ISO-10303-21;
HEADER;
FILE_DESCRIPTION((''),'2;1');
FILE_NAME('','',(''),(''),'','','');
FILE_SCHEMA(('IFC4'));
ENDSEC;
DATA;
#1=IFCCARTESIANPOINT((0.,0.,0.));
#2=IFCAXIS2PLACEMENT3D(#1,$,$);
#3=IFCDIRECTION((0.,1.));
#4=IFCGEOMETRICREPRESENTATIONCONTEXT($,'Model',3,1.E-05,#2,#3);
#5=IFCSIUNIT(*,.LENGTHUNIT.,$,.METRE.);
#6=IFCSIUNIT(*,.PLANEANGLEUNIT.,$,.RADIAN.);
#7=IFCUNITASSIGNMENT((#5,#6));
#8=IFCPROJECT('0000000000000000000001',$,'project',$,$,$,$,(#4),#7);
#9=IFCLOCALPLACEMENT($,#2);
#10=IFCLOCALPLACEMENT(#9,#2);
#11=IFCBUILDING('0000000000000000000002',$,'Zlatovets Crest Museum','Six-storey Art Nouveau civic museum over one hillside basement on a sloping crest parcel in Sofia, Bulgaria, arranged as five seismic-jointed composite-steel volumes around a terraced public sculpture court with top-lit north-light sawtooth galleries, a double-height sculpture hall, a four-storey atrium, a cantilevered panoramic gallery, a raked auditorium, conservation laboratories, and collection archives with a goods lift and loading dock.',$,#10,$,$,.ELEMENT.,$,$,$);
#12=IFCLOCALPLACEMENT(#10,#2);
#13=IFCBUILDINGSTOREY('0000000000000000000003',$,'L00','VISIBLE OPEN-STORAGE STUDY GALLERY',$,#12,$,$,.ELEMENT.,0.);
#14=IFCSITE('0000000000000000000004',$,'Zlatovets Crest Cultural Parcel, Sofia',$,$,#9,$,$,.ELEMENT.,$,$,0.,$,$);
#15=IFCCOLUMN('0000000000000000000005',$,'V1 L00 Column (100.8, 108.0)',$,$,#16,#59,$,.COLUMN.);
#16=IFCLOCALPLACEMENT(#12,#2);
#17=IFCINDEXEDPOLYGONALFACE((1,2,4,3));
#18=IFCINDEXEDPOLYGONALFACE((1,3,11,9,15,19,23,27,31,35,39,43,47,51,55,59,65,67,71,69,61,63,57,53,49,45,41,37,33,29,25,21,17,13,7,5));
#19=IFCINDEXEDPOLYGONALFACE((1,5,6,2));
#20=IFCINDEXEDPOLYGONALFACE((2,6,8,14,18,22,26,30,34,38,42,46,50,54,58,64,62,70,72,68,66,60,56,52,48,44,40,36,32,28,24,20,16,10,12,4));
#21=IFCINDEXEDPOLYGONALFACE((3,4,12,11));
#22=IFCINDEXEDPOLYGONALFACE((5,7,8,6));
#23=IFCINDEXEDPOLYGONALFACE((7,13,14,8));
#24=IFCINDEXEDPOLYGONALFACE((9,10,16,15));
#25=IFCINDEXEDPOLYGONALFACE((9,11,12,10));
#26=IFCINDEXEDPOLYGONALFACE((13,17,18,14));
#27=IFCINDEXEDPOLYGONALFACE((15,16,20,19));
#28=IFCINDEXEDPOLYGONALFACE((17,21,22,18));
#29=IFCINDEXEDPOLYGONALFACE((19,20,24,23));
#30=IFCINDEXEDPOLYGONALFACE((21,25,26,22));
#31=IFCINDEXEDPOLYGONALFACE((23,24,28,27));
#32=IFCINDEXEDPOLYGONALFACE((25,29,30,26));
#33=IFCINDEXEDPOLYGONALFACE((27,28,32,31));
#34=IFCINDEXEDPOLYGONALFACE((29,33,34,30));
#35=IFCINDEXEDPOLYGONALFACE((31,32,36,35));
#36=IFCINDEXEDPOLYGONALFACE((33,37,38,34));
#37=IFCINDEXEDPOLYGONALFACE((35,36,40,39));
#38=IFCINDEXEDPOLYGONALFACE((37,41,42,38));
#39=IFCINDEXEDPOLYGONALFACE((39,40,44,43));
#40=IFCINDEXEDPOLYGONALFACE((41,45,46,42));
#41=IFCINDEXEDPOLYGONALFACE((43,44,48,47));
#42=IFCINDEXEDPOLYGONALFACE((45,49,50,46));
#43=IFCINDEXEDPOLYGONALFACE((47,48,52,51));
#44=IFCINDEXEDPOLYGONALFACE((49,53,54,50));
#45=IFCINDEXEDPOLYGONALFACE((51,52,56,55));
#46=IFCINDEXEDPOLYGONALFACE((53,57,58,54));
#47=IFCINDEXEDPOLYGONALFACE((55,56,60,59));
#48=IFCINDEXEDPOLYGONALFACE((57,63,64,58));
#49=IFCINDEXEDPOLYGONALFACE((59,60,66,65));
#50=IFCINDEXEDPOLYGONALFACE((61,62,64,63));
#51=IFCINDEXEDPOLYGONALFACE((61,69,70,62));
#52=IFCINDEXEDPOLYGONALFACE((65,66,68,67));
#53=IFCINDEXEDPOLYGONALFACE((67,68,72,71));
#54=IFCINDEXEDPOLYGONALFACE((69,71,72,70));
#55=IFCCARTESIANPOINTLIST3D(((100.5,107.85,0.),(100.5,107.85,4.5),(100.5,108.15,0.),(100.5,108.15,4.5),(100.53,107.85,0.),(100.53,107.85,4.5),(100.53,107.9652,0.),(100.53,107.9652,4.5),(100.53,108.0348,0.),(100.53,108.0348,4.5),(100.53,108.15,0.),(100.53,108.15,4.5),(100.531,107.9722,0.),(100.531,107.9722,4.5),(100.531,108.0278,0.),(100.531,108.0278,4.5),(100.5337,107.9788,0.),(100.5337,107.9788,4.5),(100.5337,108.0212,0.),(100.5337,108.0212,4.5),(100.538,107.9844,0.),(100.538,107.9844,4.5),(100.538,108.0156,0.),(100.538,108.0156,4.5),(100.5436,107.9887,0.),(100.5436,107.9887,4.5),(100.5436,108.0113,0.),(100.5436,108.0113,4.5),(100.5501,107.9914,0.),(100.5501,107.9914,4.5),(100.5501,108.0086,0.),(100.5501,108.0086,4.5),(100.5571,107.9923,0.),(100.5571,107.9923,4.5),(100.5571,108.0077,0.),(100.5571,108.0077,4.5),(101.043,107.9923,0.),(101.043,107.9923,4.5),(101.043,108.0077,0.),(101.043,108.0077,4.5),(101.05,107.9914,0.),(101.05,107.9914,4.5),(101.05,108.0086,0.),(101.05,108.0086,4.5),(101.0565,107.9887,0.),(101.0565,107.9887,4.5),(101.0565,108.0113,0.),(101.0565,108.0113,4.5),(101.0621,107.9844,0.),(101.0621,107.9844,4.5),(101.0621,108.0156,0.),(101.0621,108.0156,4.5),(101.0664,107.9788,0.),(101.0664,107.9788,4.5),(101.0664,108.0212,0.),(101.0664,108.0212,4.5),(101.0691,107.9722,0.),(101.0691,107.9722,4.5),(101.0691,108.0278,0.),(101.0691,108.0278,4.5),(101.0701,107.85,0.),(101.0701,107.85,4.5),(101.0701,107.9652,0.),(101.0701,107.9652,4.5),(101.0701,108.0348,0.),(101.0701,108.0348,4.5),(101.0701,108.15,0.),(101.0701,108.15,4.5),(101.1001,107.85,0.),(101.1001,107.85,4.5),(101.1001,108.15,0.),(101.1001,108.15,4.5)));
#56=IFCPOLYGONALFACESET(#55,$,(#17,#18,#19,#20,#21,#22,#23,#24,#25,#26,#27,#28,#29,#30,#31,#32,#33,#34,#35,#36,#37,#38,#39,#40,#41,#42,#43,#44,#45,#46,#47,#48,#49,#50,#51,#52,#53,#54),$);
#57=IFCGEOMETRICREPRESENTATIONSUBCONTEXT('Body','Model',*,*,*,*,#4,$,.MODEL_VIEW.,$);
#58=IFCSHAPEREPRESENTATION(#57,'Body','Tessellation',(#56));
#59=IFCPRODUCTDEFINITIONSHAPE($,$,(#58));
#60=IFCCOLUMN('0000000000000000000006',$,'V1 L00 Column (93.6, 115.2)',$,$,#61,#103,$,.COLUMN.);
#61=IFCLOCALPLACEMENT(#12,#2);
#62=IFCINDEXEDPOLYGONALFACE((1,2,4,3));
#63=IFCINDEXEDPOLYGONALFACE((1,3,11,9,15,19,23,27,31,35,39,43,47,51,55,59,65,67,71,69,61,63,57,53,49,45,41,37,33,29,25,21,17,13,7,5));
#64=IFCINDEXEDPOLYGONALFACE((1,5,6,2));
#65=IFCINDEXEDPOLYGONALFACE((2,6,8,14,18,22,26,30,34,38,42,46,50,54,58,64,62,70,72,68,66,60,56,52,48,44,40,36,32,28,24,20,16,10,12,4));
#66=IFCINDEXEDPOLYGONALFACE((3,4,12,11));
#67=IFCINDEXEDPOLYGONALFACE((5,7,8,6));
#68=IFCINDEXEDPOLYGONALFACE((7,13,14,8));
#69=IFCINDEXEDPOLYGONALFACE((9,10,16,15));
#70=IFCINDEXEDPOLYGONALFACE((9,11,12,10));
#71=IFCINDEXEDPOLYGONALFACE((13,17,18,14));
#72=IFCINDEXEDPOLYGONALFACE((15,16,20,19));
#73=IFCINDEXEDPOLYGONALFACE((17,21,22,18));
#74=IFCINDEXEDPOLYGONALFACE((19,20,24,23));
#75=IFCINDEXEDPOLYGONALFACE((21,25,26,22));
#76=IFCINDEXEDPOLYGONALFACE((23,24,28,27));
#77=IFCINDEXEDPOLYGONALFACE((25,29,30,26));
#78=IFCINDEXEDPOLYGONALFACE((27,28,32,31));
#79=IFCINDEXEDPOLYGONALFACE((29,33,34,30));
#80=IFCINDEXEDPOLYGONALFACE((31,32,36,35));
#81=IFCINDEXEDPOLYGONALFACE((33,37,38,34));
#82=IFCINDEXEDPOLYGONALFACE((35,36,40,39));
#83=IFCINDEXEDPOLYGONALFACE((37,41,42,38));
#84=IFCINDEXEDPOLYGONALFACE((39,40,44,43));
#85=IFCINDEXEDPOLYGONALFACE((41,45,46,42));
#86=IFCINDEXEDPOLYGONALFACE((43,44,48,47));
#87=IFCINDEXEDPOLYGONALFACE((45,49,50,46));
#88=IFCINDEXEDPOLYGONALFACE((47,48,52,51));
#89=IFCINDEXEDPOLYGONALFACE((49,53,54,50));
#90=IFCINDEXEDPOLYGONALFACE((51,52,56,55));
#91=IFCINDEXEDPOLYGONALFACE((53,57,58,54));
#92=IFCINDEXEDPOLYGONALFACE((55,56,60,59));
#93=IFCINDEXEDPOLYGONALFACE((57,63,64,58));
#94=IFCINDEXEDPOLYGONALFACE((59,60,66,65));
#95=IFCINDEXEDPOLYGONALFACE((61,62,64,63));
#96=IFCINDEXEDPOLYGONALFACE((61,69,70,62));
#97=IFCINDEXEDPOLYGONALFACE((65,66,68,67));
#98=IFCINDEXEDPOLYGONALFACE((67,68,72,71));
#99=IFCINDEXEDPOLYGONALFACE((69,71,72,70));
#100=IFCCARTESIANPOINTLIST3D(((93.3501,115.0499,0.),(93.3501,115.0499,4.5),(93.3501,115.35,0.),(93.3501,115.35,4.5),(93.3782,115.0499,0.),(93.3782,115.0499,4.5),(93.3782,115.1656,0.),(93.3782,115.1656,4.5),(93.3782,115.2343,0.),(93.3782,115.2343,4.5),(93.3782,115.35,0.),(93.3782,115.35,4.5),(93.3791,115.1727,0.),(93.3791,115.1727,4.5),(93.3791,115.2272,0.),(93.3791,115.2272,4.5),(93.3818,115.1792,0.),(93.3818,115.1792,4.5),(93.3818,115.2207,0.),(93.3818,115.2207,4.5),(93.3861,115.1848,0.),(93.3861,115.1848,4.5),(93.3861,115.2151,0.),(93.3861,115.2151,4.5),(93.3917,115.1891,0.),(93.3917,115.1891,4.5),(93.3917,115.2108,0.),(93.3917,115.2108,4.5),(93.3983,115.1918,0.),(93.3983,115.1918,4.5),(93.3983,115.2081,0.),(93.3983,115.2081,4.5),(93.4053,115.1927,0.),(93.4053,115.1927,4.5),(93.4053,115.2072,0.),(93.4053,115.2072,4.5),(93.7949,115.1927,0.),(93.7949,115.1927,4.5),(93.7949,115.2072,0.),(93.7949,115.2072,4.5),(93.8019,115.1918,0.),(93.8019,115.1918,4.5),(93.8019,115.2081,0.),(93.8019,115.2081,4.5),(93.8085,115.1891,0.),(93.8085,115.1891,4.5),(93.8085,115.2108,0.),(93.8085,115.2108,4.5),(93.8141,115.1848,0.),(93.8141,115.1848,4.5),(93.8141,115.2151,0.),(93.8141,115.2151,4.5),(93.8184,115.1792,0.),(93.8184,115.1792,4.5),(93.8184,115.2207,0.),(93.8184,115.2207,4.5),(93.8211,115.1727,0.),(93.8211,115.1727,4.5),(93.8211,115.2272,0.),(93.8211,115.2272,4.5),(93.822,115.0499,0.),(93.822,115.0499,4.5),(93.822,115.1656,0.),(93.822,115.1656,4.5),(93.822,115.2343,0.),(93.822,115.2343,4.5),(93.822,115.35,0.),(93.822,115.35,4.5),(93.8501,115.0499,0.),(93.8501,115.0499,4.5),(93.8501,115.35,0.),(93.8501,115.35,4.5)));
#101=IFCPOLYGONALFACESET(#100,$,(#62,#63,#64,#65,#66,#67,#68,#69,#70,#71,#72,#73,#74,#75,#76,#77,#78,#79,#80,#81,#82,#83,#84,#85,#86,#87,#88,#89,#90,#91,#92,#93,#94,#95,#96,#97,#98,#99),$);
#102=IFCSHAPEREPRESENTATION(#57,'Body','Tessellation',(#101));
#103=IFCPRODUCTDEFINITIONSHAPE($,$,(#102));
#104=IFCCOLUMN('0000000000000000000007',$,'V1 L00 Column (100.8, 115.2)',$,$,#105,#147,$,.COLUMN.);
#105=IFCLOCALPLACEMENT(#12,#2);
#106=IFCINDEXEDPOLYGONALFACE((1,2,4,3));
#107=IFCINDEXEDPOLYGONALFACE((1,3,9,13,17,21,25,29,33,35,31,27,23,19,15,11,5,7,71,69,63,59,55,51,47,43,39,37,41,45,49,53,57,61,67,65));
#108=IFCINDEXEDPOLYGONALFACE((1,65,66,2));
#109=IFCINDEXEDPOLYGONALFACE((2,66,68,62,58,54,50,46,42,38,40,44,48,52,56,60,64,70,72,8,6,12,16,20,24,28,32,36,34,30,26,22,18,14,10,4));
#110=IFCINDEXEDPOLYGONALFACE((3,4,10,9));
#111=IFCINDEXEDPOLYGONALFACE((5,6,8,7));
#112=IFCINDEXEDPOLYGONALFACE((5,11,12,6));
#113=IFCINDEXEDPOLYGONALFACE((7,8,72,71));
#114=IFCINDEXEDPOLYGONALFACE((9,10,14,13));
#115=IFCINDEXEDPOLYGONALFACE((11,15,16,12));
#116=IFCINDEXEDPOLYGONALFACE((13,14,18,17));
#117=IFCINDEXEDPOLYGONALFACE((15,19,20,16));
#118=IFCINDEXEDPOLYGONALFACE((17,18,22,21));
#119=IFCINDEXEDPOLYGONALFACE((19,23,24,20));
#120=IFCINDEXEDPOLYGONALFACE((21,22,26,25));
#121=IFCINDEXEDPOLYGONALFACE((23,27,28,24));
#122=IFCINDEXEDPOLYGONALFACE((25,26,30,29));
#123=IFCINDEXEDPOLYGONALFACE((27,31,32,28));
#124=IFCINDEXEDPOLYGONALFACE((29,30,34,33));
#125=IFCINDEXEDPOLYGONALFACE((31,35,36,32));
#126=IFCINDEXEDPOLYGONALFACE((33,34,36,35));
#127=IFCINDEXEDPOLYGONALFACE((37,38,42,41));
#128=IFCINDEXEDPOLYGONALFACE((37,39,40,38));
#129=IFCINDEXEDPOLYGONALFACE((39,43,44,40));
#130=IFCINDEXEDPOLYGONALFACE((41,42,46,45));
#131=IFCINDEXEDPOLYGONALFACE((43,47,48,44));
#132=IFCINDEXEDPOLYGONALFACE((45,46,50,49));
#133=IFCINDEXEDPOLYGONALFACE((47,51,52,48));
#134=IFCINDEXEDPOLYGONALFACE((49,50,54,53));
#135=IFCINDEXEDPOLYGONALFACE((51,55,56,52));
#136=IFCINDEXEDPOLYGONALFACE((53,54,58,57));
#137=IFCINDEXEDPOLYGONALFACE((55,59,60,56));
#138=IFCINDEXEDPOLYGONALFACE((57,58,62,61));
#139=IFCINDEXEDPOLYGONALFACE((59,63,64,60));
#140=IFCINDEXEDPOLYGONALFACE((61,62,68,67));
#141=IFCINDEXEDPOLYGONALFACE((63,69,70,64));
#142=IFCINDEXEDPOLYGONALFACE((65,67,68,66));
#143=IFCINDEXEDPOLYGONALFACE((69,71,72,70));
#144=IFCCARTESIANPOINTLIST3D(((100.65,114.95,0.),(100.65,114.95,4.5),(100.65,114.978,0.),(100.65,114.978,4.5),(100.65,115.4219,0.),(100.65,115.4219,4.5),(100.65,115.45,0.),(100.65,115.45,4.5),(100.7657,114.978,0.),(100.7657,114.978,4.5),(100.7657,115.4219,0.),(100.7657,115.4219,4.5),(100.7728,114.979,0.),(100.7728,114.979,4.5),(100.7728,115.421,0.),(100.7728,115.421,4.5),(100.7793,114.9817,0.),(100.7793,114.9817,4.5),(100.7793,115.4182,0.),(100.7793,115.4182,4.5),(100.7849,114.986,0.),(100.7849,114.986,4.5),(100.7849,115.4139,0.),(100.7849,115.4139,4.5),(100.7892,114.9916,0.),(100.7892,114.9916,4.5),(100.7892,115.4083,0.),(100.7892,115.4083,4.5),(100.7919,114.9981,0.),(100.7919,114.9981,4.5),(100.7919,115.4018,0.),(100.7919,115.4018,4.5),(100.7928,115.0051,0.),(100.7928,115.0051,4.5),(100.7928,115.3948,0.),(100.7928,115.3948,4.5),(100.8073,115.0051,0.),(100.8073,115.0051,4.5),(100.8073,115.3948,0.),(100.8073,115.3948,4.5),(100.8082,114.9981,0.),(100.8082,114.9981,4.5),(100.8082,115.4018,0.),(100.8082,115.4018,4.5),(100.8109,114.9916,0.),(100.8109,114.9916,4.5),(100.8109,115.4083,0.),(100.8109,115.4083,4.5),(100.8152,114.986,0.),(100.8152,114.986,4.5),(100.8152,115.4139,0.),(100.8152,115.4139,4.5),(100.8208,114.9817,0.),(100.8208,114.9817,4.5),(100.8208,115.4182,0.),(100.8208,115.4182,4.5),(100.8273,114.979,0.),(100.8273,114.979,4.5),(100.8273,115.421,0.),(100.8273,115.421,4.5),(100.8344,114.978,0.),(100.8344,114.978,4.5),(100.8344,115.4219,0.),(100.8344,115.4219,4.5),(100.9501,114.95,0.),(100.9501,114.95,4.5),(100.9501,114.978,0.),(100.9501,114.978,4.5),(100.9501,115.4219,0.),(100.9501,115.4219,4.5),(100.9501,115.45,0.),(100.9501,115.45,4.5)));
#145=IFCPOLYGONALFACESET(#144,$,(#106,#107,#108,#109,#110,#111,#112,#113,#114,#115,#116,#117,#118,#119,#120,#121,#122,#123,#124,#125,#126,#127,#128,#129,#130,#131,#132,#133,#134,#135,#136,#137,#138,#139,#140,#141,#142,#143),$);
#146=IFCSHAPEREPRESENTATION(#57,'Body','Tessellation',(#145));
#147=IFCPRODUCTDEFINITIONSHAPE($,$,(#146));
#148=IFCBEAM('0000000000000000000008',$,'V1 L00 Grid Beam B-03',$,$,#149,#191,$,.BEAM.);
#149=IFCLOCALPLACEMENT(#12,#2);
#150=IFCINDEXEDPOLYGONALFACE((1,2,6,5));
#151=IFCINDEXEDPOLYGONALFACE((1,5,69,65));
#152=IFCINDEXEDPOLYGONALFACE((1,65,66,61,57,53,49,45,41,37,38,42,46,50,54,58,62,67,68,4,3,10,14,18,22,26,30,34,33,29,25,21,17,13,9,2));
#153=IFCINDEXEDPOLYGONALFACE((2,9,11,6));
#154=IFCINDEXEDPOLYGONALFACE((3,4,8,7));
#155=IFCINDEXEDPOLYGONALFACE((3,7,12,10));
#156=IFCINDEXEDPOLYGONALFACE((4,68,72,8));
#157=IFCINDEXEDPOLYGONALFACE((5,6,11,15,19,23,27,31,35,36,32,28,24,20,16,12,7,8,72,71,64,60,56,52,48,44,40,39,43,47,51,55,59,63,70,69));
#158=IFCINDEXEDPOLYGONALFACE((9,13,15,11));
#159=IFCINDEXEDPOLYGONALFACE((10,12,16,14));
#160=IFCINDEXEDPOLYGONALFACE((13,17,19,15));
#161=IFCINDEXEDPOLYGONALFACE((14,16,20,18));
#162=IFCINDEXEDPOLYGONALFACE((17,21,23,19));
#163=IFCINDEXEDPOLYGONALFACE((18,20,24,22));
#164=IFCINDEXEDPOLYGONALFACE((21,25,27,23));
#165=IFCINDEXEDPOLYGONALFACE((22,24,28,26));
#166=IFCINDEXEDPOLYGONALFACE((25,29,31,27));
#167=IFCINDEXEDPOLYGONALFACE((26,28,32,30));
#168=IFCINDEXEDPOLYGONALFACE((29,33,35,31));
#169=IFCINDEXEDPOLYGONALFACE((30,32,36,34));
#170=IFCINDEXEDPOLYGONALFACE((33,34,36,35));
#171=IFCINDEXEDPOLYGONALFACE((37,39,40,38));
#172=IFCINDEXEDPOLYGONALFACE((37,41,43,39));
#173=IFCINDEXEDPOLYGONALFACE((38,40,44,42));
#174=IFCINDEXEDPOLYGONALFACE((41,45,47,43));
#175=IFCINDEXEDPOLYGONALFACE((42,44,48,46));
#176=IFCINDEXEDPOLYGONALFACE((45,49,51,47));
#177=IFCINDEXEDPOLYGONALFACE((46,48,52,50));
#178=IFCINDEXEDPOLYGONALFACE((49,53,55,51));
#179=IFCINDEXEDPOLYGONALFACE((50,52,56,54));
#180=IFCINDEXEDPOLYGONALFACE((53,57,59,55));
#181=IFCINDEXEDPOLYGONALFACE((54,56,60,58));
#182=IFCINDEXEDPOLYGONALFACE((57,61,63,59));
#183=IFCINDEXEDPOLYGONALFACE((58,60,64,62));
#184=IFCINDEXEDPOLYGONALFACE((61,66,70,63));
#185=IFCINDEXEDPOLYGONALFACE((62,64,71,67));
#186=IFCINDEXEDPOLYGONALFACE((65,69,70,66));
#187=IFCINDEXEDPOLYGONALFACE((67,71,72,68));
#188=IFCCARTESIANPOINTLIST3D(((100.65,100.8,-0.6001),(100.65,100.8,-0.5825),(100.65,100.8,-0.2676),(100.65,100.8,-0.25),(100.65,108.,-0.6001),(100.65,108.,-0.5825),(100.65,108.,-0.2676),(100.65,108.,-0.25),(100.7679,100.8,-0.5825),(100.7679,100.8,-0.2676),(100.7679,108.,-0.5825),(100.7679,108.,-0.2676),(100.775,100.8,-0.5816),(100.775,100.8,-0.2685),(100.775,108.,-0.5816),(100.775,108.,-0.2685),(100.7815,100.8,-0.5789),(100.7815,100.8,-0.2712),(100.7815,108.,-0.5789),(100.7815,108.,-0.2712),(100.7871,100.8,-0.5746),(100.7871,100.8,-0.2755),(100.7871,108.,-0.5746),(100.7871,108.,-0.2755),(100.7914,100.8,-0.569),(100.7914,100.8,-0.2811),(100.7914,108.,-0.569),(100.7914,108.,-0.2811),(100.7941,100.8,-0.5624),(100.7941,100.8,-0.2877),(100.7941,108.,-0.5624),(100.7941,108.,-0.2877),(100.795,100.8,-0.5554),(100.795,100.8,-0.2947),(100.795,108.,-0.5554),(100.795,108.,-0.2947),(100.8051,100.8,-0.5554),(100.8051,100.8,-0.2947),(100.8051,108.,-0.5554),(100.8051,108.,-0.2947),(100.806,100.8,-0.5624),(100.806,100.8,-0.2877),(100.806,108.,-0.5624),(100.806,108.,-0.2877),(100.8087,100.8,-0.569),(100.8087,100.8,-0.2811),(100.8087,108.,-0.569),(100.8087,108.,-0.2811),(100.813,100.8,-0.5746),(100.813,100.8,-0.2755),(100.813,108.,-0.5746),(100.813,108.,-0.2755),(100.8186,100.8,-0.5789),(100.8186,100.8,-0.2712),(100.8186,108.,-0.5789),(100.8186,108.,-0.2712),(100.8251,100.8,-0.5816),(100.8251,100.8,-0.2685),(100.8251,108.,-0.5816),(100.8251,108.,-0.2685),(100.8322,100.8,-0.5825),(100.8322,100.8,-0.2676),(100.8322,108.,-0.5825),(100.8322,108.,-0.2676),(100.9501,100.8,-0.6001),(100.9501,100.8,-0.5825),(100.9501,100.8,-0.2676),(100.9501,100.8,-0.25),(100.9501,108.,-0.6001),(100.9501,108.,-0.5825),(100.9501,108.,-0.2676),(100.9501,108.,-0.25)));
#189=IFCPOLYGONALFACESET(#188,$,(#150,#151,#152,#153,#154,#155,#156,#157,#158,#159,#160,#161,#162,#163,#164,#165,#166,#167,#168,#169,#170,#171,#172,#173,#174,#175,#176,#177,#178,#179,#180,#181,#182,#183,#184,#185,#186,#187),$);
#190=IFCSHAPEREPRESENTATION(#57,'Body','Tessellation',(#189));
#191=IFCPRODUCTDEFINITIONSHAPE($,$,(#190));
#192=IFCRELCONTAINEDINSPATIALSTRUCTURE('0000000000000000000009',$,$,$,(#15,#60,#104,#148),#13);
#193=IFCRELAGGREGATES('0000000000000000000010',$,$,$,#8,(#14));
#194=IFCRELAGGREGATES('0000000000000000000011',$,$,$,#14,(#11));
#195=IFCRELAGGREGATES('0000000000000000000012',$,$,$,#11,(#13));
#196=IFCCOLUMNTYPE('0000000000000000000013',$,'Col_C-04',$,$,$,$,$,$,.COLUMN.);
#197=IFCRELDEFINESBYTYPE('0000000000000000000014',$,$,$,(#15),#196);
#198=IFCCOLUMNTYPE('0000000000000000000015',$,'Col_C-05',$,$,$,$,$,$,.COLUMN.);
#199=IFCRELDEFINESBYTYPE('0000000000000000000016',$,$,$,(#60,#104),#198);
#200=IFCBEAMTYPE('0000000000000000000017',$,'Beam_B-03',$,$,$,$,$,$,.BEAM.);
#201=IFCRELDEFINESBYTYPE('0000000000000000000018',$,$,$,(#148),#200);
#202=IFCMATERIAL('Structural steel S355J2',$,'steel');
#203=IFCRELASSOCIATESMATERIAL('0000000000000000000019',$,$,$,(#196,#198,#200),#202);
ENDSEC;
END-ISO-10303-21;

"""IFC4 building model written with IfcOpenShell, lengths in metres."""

from ifc_helpers import new_model, si_unit, direction, frame, origin, origin_2d, place, context, subcontext, project, spatial, i_section, extrude, material, material_profile, profile_set, type_object, element, save


model = new_model("IFC4")

# Units and contexts
model_context = context("Model", 3, precision=1e-05, world=origin(), true_north=direction((0.0, 1.0)))
body_context = subcontext(model_context, "Body", "Model", "MODEL_VIEW")
ifc_project = project(units=[si_unit("LENGTHUNIT", "METRE"), si_unit("PLANEANGLEUNIT", "RADIAN")], contexts=[model_context])

# Site, building, storey
site_placement = place(None, origin())
site = spatial("IfcSite", under=ifc_project, at=site_placement, Name="Zlatovets Crest Cultural Parcel, Sofia", CompositionType="ELEMENT", RefElevation=0.0)
building_placement = place(site_placement, origin())
building = spatial("IfcBuilding", under=site, at=building_placement, Name="Zlatovets Crest Museum", Description="Six-storey Art Nouveau civic museum over one hillside basement on a sloping crest parcel in Sofia, Bulgaria, arranged as five seismic-jointed composite-steel volumes around a terraced public sculpture court with top-lit north-light sawtooth galleries, a double-height sculpture hall, a four-storey atrium, a cantilevered panoramic gallery, a raked auditorium, conservation laboratories, and collection archives with a goods lift and loading dock.", CompositionType="ELEMENT")
storey_placement = place(building_placement, origin())
storey = spatial("IfcBuildingStorey", under=building, at=storey_placement, Name="L00", Description="VISIBLE OPEN-STORAGE STUDY GALLERY", CompositionType="ELEMENT", Elevation=0.0)

# Columns
ifc_material_1 = material(Name="Structural steel S355J2", Category="steel")
ifc_material_profile_1 = material_profile(ifc_material_1, i_section(OverallWidth=0.3, OverallDepth=0.6001, WebThickness=0.0154, FlangeThickness=0.03, FilletRadius=0.0271, at=origin_2d()), Name="HEB 600")
ifc_profile_set_1 = profile_set([ifc_material_profile_1], Name="Structural steel S355J2")
column_type_1 = type_object("IfcColumnType", Name="Col_C-04", PredefinedType="COLUMN", material=ifc_profile_set_1)
column_placement = place(storey_placement, frame((100.8, 108.0, 0.0), z_axis=(0.0, 0.0, 1.0), x_axis=(0.0, 1.0, 0.0)))
element("IfcColumn", 1, at=column_placement, inside=storey, type_object=column_type_1, Name="V1 L00 Column (100.8, 108.0)", PredefinedType="COLUMN", context=body_context, shape_type="SweptSolid", body=[
    extrude(i_section(OverallWidth=0.3, OverallDepth=0.6001, WebThickness=0.0154, FlangeThickness=0.03, FilletRadius=0.0271, at=origin_2d()), origin(), (0.0, 0.0, 1.0), 4.5),
])
ifc_material_profile_2 = material_profile(ifc_material_1, i_section(OverallWidth=0.3, OverallDepth=0.5, WebThickness=0.0144, FlangeThickness=0.0281, FilletRadius=0.0271, at=origin_2d()), Name="HEB 500")
ifc_profile_set_2 = profile_set([ifc_material_profile_2], Name="Structural steel S355J2")
column_type_2 = type_object("IfcColumnType", Name="Col_C-05", PredefinedType="COLUMN", material=ifc_profile_set_2)
for number, where, z_axis, x_axis, name in (
    (2, (93.6001, 115.2, 0.0), (0.0, 0.0, 1.0), (0.0, 1.0, 0.0), "V1 L00 Column (93.6, 115.2)"),
    (3, (100.8, 115.2, 0.0), (0.0, 0.0, 1.0), (1.0, 0.0, 0.0), "V1 L00 Column (100.8, 115.2)"),
):
    element("IfcColumn", number, at=place(storey_placement, frame(where, z_axis=z_axis, x_axis=x_axis)), inside=storey, type_object=column_type_2, Name=name, PredefinedType="COLUMN", context=body_context, shape_type="SweptSolid", body=[
        extrude(i_section(OverallWidth=0.3, OverallDepth=0.5, WebThickness=0.0144, FlangeThickness=0.0281, FilletRadius=0.0271, at=origin_2d()), origin(), (0.0, 0.0, 1.0), 4.5),
    ])

# Beam
ifc_material_profile_3 = material_profile(ifc_material_1, i_section(OverallWidth=0.3, OverallDepth=0.3501, WebThickness=0.01, FlangeThickness=0.0176, FilletRadius=0.0271, at=origin_2d()), Name="HEA 360")
ifc_profile_set_3 = profile_set([ifc_material_profile_3], Name="Structural steel S355J2")
beam_type_1 = type_object("IfcBeamType", Name="Beam_B-03", PredefinedType="BEAM", material=ifc_profile_set_3)
for number, where, z_axis, x_axis, name in (
    (4, (100.8, 100.8, -0.425), (0.0, 1.0, 0.0), (-1.0, 0.0, 0.0), "V1 L00 Grid Beam B-03"),
):
    element("IfcBeam", number, at=place(storey_placement, frame(where, z_axis=z_axis, x_axis=x_axis)), inside=storey, type_object=beam_type_1, Name=name, PredefinedType="BEAM", context=body_context, shape_type="SweptSolid", body=[
        extrude(i_section(OverallWidth=0.3, OverallDepth=0.3501, WebThickness=0.01, FlangeThickness=0.0176, FilletRadius=0.0271, at=origin_2d()), origin(), (0.0, 0.0, 1.0), 7.2),
    ])

save(model, "model.ifc")
